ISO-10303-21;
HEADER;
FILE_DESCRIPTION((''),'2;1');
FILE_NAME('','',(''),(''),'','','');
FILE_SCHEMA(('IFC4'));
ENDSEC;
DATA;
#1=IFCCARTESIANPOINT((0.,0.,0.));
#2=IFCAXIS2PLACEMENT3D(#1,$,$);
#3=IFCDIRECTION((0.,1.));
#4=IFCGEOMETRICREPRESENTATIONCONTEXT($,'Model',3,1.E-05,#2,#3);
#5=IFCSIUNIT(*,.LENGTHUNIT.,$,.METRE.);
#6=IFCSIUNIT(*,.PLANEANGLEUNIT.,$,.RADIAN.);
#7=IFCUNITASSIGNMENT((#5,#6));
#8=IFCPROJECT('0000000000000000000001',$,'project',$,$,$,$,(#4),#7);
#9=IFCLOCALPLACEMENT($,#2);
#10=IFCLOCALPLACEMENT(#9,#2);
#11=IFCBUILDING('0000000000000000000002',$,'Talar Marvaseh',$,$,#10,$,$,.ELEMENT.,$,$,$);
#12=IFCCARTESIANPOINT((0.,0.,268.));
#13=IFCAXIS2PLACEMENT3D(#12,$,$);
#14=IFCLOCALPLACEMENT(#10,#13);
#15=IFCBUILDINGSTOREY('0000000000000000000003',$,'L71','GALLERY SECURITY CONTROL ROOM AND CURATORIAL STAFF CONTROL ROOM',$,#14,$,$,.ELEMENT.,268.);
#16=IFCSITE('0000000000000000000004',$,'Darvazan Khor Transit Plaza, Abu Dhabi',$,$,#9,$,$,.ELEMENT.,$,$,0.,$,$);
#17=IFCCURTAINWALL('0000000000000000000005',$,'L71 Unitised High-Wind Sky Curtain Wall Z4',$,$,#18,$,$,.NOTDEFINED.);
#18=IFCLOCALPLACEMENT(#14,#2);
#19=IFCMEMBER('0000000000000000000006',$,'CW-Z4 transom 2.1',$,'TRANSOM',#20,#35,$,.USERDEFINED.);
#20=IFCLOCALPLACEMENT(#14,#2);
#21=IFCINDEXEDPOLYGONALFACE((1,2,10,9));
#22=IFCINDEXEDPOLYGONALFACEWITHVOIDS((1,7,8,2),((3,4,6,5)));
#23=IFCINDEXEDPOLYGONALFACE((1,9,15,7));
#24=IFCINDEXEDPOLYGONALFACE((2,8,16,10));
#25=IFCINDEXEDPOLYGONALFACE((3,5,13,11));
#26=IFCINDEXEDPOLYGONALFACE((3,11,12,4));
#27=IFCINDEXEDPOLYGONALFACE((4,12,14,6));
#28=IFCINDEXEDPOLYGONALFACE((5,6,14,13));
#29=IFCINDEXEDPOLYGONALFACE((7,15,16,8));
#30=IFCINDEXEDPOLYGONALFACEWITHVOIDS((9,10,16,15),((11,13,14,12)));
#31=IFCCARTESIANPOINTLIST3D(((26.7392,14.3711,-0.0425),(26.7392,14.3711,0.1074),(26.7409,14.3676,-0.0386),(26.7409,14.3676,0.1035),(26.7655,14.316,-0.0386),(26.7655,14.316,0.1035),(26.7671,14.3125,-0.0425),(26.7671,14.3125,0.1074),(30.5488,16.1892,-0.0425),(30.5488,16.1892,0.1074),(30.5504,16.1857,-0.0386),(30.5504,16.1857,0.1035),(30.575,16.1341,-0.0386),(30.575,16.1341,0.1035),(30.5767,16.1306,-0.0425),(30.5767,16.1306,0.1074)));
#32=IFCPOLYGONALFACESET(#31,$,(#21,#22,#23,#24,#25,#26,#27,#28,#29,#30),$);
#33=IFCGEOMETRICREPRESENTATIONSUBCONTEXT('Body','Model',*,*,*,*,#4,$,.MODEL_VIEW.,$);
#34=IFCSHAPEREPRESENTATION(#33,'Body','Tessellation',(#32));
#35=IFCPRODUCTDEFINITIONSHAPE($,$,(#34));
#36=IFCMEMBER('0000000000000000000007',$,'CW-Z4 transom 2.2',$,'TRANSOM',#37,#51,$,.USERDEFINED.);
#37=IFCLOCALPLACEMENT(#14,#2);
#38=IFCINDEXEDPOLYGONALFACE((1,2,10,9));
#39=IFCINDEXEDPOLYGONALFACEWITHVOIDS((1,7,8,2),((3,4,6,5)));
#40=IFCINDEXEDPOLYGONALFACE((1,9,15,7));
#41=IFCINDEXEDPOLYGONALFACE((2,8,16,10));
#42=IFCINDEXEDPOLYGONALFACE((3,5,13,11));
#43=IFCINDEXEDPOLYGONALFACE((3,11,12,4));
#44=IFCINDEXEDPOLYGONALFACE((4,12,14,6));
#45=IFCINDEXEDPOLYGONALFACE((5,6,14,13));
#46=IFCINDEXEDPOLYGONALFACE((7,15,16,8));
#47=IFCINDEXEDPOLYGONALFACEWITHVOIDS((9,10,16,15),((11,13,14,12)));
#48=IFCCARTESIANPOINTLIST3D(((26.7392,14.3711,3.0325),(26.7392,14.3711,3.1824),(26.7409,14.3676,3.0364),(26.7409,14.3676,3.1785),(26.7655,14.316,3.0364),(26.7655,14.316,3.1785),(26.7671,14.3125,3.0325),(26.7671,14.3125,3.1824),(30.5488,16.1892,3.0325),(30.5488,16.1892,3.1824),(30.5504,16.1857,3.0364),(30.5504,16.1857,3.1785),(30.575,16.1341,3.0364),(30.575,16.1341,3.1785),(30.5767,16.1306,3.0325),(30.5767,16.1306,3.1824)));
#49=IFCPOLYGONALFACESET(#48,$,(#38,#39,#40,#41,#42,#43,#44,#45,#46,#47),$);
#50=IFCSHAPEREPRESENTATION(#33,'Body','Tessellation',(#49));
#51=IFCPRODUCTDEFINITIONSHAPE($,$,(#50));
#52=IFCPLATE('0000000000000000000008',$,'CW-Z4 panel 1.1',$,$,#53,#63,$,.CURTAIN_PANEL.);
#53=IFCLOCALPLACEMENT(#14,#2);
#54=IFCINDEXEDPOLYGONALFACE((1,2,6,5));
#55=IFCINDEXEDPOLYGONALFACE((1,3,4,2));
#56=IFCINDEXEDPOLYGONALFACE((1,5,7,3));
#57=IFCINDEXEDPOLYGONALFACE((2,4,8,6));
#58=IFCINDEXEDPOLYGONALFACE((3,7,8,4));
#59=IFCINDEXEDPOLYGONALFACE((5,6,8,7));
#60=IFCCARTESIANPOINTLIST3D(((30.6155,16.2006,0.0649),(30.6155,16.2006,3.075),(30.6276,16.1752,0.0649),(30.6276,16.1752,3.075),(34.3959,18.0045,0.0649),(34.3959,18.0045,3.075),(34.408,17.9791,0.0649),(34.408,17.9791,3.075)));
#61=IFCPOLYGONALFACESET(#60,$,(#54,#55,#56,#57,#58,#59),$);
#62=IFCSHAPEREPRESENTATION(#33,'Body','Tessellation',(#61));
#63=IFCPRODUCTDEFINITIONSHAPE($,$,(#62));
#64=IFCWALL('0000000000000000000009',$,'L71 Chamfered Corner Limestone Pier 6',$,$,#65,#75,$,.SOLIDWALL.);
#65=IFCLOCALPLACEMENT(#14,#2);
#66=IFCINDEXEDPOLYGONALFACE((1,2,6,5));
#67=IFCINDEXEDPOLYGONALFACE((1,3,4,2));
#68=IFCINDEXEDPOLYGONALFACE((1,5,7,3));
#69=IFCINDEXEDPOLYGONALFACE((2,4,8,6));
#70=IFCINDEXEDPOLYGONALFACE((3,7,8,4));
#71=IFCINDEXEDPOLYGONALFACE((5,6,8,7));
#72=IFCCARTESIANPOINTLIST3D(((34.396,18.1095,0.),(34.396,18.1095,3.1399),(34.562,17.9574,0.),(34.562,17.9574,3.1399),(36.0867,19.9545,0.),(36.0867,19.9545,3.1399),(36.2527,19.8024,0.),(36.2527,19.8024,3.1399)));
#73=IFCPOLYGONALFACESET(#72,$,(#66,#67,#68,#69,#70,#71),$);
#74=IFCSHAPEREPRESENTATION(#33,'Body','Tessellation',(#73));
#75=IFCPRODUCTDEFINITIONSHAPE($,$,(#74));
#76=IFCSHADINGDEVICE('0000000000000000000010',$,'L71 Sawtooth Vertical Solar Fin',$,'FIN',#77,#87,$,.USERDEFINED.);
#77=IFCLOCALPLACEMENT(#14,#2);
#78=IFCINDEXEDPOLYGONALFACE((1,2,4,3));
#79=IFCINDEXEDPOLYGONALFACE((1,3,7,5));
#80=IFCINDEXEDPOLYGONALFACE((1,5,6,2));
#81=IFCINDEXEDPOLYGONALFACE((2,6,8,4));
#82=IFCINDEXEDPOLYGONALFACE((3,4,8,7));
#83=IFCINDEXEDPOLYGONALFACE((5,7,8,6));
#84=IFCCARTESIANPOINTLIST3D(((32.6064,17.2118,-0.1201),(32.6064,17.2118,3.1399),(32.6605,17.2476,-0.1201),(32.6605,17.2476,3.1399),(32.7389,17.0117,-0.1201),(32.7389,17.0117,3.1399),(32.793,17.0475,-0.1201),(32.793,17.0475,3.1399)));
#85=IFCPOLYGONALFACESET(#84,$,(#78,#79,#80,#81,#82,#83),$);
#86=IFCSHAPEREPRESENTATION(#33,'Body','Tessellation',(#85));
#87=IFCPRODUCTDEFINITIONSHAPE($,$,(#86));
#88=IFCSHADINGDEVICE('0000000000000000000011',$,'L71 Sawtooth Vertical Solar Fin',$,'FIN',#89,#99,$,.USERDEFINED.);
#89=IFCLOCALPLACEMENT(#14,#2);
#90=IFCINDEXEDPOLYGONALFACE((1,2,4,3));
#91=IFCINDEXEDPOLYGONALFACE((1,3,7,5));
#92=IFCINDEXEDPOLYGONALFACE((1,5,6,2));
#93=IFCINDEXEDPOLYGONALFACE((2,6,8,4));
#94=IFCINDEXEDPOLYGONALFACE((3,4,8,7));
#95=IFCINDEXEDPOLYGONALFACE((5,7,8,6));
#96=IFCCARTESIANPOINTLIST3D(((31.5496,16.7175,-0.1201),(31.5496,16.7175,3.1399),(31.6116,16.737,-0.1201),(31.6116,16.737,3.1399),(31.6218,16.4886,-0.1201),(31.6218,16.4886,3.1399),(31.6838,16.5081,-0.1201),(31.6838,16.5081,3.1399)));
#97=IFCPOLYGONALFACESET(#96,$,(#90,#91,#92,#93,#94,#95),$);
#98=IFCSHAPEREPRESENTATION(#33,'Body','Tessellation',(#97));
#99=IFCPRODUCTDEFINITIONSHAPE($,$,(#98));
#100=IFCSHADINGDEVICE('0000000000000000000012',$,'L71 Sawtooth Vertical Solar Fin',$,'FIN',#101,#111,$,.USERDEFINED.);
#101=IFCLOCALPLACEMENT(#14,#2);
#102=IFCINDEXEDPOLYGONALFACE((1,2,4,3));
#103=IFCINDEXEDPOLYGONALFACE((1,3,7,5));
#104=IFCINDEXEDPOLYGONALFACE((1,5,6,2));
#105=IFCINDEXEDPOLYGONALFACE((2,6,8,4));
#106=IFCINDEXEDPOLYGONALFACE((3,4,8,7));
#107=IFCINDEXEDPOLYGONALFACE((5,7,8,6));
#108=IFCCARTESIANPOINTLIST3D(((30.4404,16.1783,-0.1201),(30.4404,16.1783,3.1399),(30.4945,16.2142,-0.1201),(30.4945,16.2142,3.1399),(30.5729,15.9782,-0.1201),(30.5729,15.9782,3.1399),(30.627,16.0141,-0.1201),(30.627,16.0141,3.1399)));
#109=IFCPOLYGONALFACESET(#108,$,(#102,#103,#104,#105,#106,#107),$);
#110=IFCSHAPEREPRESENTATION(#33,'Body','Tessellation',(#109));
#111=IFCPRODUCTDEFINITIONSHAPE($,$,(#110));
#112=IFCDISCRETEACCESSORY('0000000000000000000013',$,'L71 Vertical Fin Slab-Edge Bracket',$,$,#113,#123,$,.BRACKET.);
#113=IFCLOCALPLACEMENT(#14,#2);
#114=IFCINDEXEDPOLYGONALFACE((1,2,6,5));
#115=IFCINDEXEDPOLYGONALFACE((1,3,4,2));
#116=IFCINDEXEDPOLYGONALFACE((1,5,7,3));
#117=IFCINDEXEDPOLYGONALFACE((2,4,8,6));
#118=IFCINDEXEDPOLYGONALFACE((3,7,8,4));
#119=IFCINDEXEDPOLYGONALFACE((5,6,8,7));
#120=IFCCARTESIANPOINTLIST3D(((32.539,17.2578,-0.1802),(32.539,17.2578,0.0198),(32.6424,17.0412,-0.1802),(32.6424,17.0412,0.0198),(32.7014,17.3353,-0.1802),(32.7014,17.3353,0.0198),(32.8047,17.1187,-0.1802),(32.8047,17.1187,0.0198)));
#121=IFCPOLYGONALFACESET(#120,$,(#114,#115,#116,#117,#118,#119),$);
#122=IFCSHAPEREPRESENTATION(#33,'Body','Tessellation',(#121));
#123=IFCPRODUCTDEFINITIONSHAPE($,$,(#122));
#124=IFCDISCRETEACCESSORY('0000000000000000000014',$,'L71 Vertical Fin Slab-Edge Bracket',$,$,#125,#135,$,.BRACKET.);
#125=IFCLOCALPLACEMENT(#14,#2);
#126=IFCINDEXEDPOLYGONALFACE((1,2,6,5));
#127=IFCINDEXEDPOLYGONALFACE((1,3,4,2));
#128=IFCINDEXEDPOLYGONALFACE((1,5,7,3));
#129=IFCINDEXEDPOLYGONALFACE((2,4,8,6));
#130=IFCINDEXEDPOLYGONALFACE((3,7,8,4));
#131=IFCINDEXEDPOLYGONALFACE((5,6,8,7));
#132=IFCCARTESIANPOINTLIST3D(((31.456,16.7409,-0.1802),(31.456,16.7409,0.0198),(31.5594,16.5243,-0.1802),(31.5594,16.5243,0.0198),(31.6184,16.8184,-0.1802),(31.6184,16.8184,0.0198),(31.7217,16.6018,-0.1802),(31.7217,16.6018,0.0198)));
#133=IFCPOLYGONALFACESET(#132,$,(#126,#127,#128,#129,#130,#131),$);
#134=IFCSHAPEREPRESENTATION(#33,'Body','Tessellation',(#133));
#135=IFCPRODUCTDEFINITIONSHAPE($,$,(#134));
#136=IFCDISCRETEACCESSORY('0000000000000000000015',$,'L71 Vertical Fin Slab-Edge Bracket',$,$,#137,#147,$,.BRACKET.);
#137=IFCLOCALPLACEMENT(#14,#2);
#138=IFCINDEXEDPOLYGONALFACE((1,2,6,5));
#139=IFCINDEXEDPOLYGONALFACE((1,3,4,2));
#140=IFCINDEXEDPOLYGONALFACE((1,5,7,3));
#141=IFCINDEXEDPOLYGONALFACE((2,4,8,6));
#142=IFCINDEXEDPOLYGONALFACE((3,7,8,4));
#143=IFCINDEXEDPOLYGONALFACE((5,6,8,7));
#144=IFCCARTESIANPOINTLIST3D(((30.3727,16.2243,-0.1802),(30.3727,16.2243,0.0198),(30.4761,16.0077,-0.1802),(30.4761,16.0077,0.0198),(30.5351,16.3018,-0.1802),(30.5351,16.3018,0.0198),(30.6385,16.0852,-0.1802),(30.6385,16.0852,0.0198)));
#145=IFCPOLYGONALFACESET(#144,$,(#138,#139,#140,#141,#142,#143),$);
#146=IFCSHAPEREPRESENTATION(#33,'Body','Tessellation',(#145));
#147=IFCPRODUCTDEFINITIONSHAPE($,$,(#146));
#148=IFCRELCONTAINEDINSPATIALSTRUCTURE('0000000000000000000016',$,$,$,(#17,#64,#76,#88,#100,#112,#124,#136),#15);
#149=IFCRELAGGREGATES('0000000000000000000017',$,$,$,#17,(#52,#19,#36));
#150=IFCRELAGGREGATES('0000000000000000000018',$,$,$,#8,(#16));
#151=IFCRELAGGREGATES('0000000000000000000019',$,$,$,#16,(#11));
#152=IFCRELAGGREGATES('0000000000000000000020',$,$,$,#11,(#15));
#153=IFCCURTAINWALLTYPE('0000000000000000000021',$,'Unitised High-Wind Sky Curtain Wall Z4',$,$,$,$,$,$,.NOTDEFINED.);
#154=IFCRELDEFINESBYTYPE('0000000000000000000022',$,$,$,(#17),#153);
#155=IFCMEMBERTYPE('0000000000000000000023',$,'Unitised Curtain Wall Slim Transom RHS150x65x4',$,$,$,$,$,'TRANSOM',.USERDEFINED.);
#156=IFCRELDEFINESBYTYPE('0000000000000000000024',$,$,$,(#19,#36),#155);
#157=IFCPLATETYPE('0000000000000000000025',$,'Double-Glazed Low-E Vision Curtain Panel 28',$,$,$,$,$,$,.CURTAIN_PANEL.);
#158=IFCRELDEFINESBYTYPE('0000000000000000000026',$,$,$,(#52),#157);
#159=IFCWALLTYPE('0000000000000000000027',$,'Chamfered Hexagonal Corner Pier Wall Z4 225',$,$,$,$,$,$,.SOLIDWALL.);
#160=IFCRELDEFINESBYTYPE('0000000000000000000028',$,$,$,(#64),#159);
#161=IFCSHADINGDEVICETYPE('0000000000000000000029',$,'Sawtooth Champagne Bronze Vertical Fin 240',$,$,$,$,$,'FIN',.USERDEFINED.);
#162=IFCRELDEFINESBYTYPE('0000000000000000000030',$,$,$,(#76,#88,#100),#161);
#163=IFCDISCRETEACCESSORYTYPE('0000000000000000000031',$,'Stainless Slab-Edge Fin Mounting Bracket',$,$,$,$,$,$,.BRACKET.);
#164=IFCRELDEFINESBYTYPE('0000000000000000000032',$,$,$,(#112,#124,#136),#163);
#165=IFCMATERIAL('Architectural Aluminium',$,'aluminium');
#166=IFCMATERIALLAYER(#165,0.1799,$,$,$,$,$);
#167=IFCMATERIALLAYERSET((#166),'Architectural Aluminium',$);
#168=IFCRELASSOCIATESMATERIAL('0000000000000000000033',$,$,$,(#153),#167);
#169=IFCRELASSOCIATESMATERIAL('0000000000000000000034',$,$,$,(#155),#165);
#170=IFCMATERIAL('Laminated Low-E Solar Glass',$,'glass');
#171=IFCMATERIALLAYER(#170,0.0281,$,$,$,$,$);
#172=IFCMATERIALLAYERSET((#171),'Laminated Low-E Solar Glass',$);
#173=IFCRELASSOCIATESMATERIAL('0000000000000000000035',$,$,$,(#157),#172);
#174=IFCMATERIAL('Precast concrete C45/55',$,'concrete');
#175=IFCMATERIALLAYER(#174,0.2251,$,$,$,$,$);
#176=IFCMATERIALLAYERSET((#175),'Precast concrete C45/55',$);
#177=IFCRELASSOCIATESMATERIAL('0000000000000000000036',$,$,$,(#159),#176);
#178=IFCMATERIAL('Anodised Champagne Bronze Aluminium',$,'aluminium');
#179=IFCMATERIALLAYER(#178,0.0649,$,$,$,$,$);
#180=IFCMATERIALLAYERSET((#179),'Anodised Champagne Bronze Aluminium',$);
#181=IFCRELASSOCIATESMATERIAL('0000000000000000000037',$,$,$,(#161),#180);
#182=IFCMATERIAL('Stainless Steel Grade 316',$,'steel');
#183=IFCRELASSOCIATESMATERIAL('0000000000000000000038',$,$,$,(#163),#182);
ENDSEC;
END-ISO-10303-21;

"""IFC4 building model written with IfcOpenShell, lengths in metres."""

from ifc_helpers import new_model, si_unit, direction, frame, frame_2d, origin, origin_2d, place, context, subcontext, project, spatial, rectangle, hollow_rectangle, extrude, source, transform, mapped, material, layer, layer_set, material_profile, profile_set, type_object, type_shapes, element, aggregate, save


model = new_model("IFC4")

# Units and contexts
model_context = context("Model", 3, precision=1e-05, world=origin(), true_north=direction((0.0, 1.0)))
body_context = subcontext(model_context, "Body", "Model", "MODEL_VIEW")
ifc_project = project(units=[si_unit("LENGTHUNIT", "METRE"), si_unit("PLANEANGLEUNIT", "RADIAN")], contexts=[model_context])

# Site, building, storey
site_placement = place(None, origin())
site = spatial("IfcSite", under=ifc_project, at=site_placement, Name="Darvazan Khor Transit Plaza, Abu Dhabi", CompositionType="ELEMENT", RefElevation=0.0)
building_placement = place(site_placement, origin())
building = spatial("IfcBuilding", under=site, at=building_placement, Name="Talar Marvaseh", CompositionType="ELEMENT")
storey_placement = place(building_placement, frame((0.0, 0.0, 268.0)))
storey = spatial("IfcBuildingStorey", under=building, at=storey_placement, Name="L71", Description="GALLERY SECURITY CONTROL ROOM AND CURATORIAL STAFF CONTROL ROOM", CompositionType="ELEMENT", Elevation=268.0)

# Shared definitions
ifc_material_1 = material(Name="Architectural Aluminium", Category="aluminium")
ifc_layer_1 = layer(ifc_material_1, 0.1799)
ifc_layer_set_1 = layer_set([ifc_layer_1], Name="Architectural Aluminium")
curtain_wall_type = type_object("IfcCurtainWallType", Name="Unitised High-Wind Sky Curtain Wall Z4", PredefinedType="NOTDEFINED", material=ifc_layer_set_1)

# Curtain wall, members, plate
curtain_wall_1_placement = place(storey_placement, origin())
curtain_wall_1 = element("IfcCurtainWall", 1, at=curtain_wall_1_placement, inside=storey, type_object=curtain_wall_type, Name="L71 Unitised High-Wind Sky Curtain Wall Z4", PredefinedType="NOTDEFINED")
ifc_material_profile_1 = material_profile(ifc_material_1, hollow_rectangle(XDim=0.0649, YDim=0.1499, WallThickness=0.0039, at=origin_2d()), Name="RHS150x65x4")
ifc_profile_set_1 = profile_set([ifc_material_profile_1], Name="Architectural Aluminium")
member_type_1 = type_object("IfcMemberType", Name="Unitised Curtain Wall Slim Transom RHS150x65x4", ElementType="TRANSOM", PredefinedType="USERDEFINED", material=ifc_profile_set_1)
shared_shape_1 = source(origin(), body_context, "Body", "SweptSolid", [
    extrude(hollow_rectangle(XDim=0.0649, YDim=0.1499, WallThickness=0.0039, at=origin_2d()), origin(), (0.0, 0.0, 1.0), 4.2212),
])
member_1_placement = place(storey_placement, frame((30.5627, 16.1599, 0.0325), z_axis=(-0.902489, -0.430712, 0.0), x_axis=(0.430712, -0.902489, 0.0)))
member_1 = element("IfcMember", 2, at=member_1_placement, type_object=member_type_1, Name="CW-Z4 transom 2.1", ObjectType="TRANSOM", PredefinedType="USERDEFINED", context=body_context, shape_type="MappedRepresentation", body=[
    mapped(shared_shape_1, transform((0.0, 0.0, 0.0), x_axis=(1.0, 0.0, 0.0), y_axis=(0.0, 1.0, 0.0), z_axis=(0.0, 0.0, 1.0), scale=1.0)),
])
member_2_placement = place(storey_placement, frame((30.5627, 16.1599, 3.1074), z_axis=(-0.902489, -0.430712, 0.0), x_axis=(0.430712, -0.902489, 0.0)))
member_2 = element("IfcMember", 3, at=member_2_placement, type_object=member_type_1, Name="CW-Z4 transom 2.2", ObjectType="TRANSOM", PredefinedType="USERDEFINED", context=body_context, shape_type="MappedRepresentation", body=[
    mapped(shared_shape_1, transform((0.0, 0.0, 0.0), x_axis=(1.0, 0.0, 0.0), y_axis=(0.0, 1.0, 0.0), z_axis=(0.0, 0.0, 1.0), scale=1.0)),
])
ifc_material_2 = material(Name="Laminated Low-E Solar Glass", Category="glass")
ifc_layer_2 = layer(ifc_material_2, 0.0281)
ifc_layer_set_2 = layer_set([ifc_layer_2], Name="Laminated Low-E Solar Glass")
plate_type = type_object("IfcPlateType", Name="Double-Glazed Low-E Vision Curtain Panel 28", PredefinedType="CURTAIN_PANEL", material=ifc_layer_set_2)
shared_shape_2 = source(origin(), body_context, "Body", "SweptSolid", [
    extrude(rectangle(XDim=4.1887, YDim=0.0281, at=origin_2d()), origin(), (0.0, 0.0, 1.0), 3.01),
])
type_shapes(plate_type, [shared_shape_2])
plate_placement = place(storey_placement, frame((32.5117, 17.0898, 0.0649), z_axis=(0.0, 0.0, 1.0), x_axis=(-0.902517, -0.430655, 0.0)))
plate = element("IfcPlate", 4, at=plate_placement, type_object=plate_type, Name="CW-Z4 panel 1.1", PredefinedType="CURTAIN_PANEL", context=body_context, shape_type="MappedRepresentation", body=[
    mapped(shared_shape_2, transform((0.0, 0.0, 0.0), x_axis=(1.0, 0.0, 0.0), y_axis=(0.0, 1.0, 0.0), z_axis=(0.0, 0.0, 1.0), scale=1.0)),
])
aggregate(curtain_wall_1, [plate, member_1, member_2])

# Wall
ifc_material_3 = material(Name="Precast concrete C45/55", Category="concrete")
ifc_layer_3 = layer(ifc_material_3, 0.2251)
ifc_layer_set_3 = layer_set([ifc_layer_3], Name="Precast concrete C45/55")
wall_type = type_object("IfcWallType", Name="Chamfered Hexagonal Corner Pier Wall Z4 225", PredefinedType="SOLIDWALL", material=ifc_layer_set_3)
wall_placement = place(storey_placement, frame((36.1697, 19.8784, 0.0), z_axis=(0.0, 0.0, 1.0), x_axis=(-0.675605, -0.737263, 0.0)))
element("IfcWall", 5, at=wall_placement, inside=storey, type_object=wall_type, Name="L71 Chamfered Corner Limestone Pier 6", PredefinedType="SOLIDWALL", context=body_context, shape_type="SweptSolid", body=[
    extrude(rectangle(XDim=2.5024, YDim=0.2251, at=frame_2d((1.2512, 0.0))), origin(), (0.0, 0.0, 1.0), 3.1399),
])

# Shading devices
ifc_material_4 = material(Name="Anodised Champagne Bronze Aluminium", Category="aluminium")
ifc_layer_4 = layer(ifc_material_4, 0.0649)
ifc_layer_set_4 = layer_set([ifc_layer_4], Name="Anodised Champagne Bronze Aluminium")
shading_device_type = type_object("IfcShadingDeviceType", Name="Sawtooth Champagne Bronze Vertical Fin 240", ElementType="FIN", PredefinedType="USERDEFINED", material=ifc_layer_set_4)
shared_shape_3 = source(origin(), body_context, "Body", "SweptSolid", [
    extrude(rectangle(XDim=0.24, YDim=0.0649, at=origin_2d()), origin(), (0.0, 0.0, 1.0), 3.26),
])
type_shapes(shading_device_type, [shared_shape_3])
for number, where, z_axis, x_axis, name in (
    (6, (32.6997, 17.1296, -0.1201), (0.0, 0.0, 1.0), (0.552083, -0.833789, 0.0), "L71 Sawtooth Vertical Solar Fin"),
    (7, (31.6167, 16.6128, -0.1201), (0.0, 0.0, 1.0), (0.300872, -0.953664, 0.0), "L71 Sawtooth Vertical Solar Fin"),
    (8, (30.5337, 16.0962, -0.1201), (0.0, 0.0, 1.0), (0.552083, -0.833789, 0.0), "L71 Sawtooth Vertical Solar Fin"),
):
    element("IfcShadingDevice", number, at=place(storey_placement, frame(where, z_axis=z_axis, x_axis=x_axis)), inside=storey, type_object=shading_device_type, Name=name, ObjectType="FIN", PredefinedType="USERDEFINED", context=body_context, shape_type="MappedRepresentation", body=[
        mapped(shared_shape_3, transform((0.0, 0.0, 0.0), x_axis=(1.0, 0.0, 0.0), y_axis=(0.0, 1.0, 0.0), z_axis=(0.0, 0.0, 1.0), scale=1.0)),
    ])

# Discrete accessories
ifc_material_5 = material(Name="Stainless Steel Grade 316", Category="steel")
discrete_accessory_type = type_object("IfcDiscreteAccessoryType", Name="Stainless Slab-Edge Fin Mounting Bracket", PredefinedType="BRACKET", material=ifc_material_5)
shared_shape_4 = source(origin(), body_context, "Body", "SweptSolid", [
    extrude(rectangle(XDim=0.24, YDim=0.1799, at=origin_2d()), origin(), (0.0, 0.0, 1.0), 0.2),
])
type_shapes(discrete_accessory_type, [shared_shape_4])
for number, where, z_axis, x_axis, name in (
    (9, (32.6719, 17.1882, -0.1802), (0.0, 0.0, 1.0), (0.430669, -0.90251, 0.0), "L71 Vertical Fin Slab-Edge Bracket"),
    (10, (31.5889, 16.6714, -0.1802), (0.0, 0.0, 1.0), (0.430669, -0.90251, 0.0), "L71 Vertical Fin Slab-Edge Bracket"),
    (11, (30.5056, 16.1548, -0.1802), (0.0, 0.0, 1.0), (0.430669, -0.90251, 0.0), "L71 Vertical Fin Slab-Edge Bracket"),
):
    element("IfcDiscreteAccessory", number, at=place(storey_placement, frame(where, z_axis=z_axis, x_axis=x_axis)), inside=storey, type_object=discrete_accessory_type, Name=name, PredefinedType="BRACKET", context=body_context, shape_type="MappedRepresentation", body=[
        mapped(shared_shape_4, transform((0.0, 0.0, 0.0), x_axis=(1.0, 0.0, 0.0), y_axis=(0.0, 1.0, 0.0), z_axis=(0.0, 0.0, 1.0), scale=1.0)),
    ])

save(model, "model.ifc")
